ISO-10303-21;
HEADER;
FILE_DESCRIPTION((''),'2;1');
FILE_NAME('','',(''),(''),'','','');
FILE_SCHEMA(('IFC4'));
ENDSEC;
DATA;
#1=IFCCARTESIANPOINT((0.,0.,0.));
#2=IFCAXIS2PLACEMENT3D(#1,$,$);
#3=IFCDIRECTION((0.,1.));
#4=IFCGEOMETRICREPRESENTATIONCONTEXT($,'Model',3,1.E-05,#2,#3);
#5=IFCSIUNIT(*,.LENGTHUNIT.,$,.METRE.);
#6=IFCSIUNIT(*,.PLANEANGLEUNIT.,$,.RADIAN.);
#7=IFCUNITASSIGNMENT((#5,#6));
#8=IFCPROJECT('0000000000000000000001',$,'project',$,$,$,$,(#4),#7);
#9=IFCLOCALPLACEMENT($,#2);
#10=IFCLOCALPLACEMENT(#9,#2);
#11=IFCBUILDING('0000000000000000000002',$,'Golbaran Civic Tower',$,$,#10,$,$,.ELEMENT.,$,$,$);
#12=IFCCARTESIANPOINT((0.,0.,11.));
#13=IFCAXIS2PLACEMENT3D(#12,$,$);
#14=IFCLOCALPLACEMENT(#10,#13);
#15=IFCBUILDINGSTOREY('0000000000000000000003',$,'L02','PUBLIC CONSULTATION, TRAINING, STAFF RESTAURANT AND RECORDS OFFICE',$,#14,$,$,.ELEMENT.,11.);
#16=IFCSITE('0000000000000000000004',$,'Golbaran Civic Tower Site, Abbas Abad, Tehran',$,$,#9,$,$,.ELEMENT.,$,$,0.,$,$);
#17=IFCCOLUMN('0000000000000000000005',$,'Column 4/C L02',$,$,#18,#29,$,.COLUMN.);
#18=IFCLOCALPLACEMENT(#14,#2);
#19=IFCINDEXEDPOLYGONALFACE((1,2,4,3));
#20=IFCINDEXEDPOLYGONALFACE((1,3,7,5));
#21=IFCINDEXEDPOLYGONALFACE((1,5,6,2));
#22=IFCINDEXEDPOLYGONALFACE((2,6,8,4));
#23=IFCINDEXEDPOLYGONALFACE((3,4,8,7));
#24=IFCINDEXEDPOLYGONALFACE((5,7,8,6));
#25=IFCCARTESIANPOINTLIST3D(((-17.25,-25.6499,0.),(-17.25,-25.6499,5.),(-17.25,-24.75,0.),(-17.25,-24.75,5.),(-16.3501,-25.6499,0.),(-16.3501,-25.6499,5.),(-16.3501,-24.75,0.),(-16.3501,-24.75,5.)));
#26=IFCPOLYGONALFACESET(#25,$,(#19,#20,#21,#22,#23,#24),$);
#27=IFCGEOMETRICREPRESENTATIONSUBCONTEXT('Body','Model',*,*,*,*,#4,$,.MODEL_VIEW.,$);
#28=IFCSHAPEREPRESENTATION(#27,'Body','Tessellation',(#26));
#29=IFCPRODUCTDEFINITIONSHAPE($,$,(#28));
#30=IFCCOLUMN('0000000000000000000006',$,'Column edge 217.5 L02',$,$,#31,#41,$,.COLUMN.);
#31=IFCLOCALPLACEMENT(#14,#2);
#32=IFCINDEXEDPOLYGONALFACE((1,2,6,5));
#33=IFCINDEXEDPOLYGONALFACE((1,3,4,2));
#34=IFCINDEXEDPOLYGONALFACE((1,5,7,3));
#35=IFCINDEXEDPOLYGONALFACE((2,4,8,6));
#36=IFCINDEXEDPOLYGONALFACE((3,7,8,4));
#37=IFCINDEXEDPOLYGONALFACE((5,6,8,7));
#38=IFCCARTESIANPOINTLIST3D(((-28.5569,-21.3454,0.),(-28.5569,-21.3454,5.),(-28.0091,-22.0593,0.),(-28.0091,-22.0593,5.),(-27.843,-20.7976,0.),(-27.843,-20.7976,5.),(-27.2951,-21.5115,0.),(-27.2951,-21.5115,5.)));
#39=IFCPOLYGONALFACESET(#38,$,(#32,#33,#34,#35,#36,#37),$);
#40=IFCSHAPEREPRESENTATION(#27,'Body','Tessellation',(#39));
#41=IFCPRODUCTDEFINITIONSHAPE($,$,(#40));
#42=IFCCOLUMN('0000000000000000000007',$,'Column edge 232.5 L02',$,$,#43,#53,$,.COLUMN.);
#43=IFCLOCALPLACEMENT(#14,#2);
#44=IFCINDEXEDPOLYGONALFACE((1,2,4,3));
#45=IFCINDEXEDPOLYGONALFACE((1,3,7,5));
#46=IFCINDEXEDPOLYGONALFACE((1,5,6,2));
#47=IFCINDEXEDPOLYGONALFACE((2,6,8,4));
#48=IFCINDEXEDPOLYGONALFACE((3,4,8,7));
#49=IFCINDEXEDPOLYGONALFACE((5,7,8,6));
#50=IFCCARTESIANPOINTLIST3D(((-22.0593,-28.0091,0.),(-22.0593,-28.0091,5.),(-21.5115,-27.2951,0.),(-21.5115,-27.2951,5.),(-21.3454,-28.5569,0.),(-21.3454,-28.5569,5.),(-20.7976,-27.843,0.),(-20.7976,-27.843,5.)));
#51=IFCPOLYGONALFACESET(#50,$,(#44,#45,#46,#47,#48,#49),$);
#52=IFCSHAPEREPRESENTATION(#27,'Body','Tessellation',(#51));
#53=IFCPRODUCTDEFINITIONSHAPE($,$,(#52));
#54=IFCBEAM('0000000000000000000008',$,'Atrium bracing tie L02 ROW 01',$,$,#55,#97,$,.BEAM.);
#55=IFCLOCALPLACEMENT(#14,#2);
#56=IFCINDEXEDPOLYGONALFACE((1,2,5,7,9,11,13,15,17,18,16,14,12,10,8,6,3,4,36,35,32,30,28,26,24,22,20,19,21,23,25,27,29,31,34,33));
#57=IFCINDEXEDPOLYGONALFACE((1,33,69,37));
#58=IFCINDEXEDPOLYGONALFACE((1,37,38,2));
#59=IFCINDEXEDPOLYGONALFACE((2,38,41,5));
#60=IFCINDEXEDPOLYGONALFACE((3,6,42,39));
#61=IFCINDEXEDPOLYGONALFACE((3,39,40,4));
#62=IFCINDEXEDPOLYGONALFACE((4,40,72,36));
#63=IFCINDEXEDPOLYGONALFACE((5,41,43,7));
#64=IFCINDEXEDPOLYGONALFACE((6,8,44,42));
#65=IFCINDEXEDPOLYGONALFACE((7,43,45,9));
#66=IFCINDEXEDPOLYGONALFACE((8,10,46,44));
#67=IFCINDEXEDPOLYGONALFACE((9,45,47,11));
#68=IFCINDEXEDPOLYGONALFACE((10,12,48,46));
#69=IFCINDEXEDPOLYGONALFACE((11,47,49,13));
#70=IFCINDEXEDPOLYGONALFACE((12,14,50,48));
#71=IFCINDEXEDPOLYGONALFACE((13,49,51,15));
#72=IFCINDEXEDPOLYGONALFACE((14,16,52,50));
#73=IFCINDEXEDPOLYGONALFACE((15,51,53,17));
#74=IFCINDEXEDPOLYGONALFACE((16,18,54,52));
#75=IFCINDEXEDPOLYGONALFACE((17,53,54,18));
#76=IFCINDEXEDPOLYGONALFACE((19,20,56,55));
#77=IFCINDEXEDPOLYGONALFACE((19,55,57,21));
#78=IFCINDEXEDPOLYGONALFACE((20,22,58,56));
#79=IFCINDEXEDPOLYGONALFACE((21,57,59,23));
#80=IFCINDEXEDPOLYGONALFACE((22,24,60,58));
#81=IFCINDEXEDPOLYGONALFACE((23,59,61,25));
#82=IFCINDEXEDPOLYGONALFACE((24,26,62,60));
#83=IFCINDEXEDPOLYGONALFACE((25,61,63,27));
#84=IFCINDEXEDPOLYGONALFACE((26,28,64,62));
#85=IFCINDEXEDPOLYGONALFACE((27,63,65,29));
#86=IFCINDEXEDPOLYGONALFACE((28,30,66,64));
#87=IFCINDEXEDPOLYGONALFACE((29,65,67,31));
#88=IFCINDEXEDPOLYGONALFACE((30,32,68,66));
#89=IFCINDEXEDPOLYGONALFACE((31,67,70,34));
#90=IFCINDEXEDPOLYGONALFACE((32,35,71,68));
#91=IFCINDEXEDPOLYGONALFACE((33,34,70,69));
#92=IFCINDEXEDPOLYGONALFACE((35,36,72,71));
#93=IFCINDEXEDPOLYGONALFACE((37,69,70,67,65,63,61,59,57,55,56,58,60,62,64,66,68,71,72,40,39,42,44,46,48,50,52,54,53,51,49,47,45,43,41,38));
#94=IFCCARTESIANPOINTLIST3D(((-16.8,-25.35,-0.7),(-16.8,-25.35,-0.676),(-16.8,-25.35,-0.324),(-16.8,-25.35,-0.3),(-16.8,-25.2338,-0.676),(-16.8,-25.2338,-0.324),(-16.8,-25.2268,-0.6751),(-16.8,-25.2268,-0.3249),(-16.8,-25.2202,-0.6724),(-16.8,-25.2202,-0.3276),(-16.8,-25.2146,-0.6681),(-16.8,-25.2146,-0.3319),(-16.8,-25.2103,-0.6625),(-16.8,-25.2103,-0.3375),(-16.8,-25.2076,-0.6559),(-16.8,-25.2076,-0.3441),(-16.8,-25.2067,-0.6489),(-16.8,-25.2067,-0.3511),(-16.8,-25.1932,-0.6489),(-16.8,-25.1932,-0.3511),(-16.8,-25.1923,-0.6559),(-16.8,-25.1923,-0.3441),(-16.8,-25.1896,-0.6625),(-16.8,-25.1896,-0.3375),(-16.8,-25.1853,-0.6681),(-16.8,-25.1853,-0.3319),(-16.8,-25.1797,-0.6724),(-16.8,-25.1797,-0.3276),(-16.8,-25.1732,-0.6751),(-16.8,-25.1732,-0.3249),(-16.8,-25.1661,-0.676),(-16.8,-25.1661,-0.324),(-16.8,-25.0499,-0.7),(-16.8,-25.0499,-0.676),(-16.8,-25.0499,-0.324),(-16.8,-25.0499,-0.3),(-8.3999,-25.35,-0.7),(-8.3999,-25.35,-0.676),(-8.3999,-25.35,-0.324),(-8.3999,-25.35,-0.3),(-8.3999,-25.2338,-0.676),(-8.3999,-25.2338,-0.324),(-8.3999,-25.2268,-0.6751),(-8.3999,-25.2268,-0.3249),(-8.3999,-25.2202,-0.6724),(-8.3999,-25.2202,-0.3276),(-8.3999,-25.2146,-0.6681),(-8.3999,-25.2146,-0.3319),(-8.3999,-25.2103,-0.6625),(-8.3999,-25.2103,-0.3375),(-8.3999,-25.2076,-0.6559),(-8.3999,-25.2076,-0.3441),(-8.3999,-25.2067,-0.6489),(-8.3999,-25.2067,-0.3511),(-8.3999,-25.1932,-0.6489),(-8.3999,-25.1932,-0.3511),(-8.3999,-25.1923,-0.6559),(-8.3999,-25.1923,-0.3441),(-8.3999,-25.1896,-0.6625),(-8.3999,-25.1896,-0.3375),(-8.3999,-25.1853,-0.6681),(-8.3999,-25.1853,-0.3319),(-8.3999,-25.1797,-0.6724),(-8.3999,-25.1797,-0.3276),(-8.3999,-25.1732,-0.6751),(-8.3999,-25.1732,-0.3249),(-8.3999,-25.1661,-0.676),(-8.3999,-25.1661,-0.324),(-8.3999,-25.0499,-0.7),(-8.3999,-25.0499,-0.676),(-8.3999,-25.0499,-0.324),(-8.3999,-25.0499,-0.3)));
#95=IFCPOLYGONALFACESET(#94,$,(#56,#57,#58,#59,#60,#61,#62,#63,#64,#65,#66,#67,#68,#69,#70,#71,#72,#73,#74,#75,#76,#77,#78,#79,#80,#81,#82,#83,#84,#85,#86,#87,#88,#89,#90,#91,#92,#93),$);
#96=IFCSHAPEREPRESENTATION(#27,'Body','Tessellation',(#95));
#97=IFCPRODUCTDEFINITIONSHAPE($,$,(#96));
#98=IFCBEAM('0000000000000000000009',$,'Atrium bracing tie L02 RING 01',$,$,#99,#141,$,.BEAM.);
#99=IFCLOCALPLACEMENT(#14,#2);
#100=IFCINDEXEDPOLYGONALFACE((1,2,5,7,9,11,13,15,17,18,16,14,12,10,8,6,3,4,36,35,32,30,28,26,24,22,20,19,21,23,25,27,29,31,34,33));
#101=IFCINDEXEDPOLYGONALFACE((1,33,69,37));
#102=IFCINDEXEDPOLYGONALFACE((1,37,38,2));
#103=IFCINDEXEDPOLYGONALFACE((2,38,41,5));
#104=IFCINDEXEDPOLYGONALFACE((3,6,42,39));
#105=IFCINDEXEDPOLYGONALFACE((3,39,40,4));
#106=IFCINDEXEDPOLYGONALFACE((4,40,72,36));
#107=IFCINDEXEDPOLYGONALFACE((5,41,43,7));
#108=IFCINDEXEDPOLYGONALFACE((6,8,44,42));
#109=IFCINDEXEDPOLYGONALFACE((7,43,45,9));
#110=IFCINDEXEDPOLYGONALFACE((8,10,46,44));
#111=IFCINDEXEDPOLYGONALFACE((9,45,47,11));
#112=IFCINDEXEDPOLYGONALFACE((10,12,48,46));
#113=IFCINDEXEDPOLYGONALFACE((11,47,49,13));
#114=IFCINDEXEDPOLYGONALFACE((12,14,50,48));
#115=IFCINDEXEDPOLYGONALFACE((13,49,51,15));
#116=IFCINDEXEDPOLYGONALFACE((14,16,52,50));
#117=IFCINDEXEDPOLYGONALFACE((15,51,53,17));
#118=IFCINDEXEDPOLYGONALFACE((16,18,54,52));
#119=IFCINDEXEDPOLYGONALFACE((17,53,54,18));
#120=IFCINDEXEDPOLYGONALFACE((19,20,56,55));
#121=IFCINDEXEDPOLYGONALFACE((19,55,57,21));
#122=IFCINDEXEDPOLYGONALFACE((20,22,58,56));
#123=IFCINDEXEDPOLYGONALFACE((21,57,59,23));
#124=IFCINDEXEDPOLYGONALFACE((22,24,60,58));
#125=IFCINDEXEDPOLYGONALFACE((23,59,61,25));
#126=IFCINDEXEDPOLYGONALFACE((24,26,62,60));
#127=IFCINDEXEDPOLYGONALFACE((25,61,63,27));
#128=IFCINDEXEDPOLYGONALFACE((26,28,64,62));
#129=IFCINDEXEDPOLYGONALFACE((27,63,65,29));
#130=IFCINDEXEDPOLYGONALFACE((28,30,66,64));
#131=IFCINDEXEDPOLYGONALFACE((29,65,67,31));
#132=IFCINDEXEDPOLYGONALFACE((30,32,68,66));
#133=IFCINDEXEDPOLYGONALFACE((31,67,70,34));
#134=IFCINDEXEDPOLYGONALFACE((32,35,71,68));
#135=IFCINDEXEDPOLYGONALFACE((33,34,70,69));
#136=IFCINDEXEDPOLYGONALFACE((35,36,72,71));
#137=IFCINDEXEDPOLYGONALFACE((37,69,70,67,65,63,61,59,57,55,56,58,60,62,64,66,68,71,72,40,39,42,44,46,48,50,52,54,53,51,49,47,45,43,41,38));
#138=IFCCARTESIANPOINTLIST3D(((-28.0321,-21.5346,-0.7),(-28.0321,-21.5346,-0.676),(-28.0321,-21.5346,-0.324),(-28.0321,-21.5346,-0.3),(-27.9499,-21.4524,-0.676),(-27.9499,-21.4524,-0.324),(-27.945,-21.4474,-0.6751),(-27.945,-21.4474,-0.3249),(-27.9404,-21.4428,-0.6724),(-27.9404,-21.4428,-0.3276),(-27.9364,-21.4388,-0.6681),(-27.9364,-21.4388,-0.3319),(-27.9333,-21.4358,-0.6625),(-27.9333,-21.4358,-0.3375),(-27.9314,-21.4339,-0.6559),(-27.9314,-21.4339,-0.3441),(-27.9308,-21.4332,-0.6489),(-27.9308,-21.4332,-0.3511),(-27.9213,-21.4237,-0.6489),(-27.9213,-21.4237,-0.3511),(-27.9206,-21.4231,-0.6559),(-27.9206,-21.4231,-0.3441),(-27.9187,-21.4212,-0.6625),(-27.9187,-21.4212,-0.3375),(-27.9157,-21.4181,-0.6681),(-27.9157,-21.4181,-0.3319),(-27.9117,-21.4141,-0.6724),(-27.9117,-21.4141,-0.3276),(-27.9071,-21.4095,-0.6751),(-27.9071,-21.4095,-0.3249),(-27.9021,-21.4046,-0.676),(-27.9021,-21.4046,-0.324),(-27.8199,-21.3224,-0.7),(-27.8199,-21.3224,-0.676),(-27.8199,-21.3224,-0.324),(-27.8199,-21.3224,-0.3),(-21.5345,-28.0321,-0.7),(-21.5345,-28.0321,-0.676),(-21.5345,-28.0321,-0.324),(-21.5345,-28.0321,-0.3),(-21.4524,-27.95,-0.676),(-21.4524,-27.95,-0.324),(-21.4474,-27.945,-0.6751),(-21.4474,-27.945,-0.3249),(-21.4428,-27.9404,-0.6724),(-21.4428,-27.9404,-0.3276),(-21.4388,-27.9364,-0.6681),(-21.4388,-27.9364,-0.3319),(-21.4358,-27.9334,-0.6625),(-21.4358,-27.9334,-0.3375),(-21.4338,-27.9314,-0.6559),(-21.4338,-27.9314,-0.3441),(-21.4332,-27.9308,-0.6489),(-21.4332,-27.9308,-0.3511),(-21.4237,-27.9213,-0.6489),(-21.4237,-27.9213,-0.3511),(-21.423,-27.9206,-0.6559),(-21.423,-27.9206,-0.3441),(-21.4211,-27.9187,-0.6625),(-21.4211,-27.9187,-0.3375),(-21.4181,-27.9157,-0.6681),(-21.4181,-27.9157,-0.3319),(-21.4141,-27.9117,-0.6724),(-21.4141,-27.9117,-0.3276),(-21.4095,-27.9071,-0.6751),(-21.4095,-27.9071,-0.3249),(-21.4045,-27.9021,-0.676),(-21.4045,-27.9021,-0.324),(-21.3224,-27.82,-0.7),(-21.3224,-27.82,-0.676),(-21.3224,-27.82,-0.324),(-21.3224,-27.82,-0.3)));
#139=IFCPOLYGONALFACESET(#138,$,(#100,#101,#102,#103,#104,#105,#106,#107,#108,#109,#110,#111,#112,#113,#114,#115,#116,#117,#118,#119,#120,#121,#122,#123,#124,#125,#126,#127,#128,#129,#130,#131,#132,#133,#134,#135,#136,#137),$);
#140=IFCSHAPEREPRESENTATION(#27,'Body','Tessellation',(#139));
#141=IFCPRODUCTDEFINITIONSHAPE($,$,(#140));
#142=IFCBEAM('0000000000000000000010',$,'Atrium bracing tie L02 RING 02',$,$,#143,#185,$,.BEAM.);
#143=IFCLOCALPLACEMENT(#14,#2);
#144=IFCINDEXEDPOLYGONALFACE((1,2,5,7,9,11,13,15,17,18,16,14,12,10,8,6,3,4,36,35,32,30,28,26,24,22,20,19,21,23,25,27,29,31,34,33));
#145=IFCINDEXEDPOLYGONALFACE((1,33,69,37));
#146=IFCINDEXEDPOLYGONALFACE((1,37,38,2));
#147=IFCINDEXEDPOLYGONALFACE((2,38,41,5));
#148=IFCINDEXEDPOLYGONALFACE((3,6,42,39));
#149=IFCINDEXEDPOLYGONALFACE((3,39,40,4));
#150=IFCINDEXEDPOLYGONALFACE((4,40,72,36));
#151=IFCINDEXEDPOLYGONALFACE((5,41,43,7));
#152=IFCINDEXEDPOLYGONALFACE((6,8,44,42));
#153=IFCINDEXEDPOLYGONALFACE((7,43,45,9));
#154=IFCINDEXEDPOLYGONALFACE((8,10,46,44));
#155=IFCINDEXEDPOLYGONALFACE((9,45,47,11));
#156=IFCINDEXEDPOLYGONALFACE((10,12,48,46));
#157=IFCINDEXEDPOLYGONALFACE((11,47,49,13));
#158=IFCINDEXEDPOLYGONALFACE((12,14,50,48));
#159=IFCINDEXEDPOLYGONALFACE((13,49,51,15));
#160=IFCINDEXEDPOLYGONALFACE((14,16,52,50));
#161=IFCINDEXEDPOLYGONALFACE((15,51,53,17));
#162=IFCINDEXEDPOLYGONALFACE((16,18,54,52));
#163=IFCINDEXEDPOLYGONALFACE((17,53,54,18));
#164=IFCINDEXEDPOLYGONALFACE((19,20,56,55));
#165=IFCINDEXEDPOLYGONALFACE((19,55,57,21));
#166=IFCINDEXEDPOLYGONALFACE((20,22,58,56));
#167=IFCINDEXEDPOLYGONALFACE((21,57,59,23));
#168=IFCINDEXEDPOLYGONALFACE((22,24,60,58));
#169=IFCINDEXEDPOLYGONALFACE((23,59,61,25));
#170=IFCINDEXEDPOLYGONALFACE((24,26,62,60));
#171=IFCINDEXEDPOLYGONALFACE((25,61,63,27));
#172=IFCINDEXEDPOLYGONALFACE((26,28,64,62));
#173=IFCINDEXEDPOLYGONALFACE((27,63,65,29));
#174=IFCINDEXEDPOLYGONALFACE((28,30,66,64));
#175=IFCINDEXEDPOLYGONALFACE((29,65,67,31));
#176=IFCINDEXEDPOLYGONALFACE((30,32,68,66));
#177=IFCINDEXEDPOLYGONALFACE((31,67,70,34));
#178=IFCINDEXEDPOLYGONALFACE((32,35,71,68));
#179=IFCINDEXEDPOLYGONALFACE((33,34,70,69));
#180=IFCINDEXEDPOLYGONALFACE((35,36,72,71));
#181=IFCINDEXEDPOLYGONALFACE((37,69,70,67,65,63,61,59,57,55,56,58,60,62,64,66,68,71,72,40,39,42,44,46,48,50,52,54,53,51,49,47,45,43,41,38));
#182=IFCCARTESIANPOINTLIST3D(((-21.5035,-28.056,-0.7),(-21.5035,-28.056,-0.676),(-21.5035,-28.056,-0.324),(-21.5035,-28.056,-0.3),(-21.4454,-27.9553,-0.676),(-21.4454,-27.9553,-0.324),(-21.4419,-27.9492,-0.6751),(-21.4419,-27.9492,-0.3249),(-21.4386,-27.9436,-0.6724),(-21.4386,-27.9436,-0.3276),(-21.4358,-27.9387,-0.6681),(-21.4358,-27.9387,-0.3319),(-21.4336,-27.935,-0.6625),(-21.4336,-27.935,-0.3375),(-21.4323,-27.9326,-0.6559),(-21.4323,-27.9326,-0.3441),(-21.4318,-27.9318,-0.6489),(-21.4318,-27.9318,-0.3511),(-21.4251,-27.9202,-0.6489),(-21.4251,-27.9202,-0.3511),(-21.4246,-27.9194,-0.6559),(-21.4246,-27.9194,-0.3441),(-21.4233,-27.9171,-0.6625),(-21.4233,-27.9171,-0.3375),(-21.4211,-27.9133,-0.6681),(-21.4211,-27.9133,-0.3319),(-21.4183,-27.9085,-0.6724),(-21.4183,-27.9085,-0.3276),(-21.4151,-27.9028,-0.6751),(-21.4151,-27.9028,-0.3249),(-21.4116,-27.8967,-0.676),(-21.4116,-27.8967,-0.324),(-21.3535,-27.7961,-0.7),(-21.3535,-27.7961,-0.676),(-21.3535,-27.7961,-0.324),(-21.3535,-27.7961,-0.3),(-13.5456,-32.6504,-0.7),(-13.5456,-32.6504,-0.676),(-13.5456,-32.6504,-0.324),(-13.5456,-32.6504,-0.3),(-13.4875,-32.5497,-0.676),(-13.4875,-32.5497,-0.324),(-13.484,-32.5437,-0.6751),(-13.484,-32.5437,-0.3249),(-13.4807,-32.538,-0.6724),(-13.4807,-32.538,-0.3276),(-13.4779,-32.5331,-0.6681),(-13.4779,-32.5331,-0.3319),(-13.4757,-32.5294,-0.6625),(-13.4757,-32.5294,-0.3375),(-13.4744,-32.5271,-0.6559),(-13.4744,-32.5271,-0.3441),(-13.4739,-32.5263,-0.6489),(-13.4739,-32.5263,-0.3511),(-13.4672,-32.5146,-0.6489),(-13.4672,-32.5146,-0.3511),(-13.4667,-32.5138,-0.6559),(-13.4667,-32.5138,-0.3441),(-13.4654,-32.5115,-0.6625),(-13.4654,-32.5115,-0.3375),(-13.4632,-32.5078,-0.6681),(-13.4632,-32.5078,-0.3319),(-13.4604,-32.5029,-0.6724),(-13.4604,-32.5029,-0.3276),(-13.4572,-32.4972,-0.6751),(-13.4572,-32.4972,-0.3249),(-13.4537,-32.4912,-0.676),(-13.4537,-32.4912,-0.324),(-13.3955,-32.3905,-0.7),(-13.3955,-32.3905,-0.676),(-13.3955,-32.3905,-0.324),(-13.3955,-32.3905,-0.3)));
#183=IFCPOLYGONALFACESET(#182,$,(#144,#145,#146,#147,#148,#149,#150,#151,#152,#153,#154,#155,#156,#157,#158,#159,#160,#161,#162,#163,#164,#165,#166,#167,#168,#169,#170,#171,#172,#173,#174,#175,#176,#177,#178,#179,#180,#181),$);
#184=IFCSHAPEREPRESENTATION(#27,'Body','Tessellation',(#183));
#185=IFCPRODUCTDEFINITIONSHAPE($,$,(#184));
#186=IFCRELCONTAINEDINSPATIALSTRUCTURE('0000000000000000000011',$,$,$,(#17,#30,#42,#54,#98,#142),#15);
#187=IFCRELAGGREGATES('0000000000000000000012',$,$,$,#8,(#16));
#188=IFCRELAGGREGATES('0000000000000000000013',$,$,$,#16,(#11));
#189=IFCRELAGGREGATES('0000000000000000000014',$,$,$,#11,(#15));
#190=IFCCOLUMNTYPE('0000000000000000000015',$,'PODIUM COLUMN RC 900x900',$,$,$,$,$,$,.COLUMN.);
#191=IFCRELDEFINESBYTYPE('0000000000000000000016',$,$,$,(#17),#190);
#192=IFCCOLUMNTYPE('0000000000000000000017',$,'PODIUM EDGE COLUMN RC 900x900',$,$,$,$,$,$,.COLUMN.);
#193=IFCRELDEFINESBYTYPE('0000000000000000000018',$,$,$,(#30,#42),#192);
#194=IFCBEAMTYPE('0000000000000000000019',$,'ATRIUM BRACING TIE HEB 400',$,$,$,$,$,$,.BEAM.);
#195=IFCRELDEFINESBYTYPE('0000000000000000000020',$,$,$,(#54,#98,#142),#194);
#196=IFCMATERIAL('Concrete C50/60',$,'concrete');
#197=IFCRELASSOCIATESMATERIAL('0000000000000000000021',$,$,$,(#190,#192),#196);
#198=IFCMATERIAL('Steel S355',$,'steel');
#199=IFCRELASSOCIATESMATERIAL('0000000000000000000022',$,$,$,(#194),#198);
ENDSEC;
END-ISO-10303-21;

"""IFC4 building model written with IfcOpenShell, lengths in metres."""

from ifc_helpers import new_model, si_unit, direction, frame, origin, origin_2d, place, context, subcontext, project, spatial, rectangle, i_section, extrude, material, material_profile, profile_set, type_object, element, save


model = new_model("IFC4")

# Units and contexts
model_context = context("Model", 3, precision=1e-05, world=origin(), true_north=direction((0.0, 1.0)))
body_context = subcontext(model_context, "Body", "Model", "MODEL_VIEW")
ifc_project = project(units=[si_unit("LENGTHUNIT", "METRE"), si_unit("PLANEANGLEUNIT", "RADIAN")], contexts=[model_context])

# Site, building, storey
site_placement = place(None, origin())
site = spatial("IfcSite", under=ifc_project, at=site_placement, Name="Golbaran Civic Tower Site, Abbas Abad, Tehran", CompositionType="ELEMENT", RefElevation=0.0)
building_placement = place(site_placement, origin())
building = spatial("IfcBuilding", under=site, at=building_placement, Name="Golbaran Civic Tower", CompositionType="ELEMENT")
storey_placement = place(building_placement, frame((0.0, 0.0, 11.0)))
storey = spatial("IfcBuildingStorey", under=building, at=storey_placement, Name="L02", Description="PUBLIC CONSULTATION, TRAINING, STAFF RESTAURANT AND RECORDS OFFICE", CompositionType="ELEMENT", Elevation=11.0)

# Columns
ifc_material_1 = material(Name="Concrete C50/60", Category="concrete")
ifc_material_profile_1 = material_profile(ifc_material_1, rectangle(XDim=0.8999, YDim=0.8999, at=origin_2d()), Name="RC 900x900")
ifc_profile_set_1 = profile_set([ifc_material_profile_1], Name="Concrete C50/60")
column_type_1 = type_object("IfcColumnType", Name="PODIUM COLUMN RC 900x900", PredefinedType="COLUMN", material=ifc_profile_set_1)
column_placement = place(storey_placement, frame((-16.8, -25.2, 0.0), z_axis=(0.0, 0.0, 1.0), x_axis=(1.0, 0.0, 0.0)))
element("IfcColumn", 1, at=column_placement, inside=storey, type_object=column_type_1, Name="Column 4/C L02", PredefinedType="COLUMN", context=body_context, shape_type="SweptSolid", body=[
    extrude(rectangle(XDim=0.8999, YDim=0.8999, at=origin_2d()), origin(), (0.0, 0.0, 1.0), 5.0),
])
ifc_material_profile_2 = material_profile(ifc_material_1, rectangle(XDim=0.8999, YDim=0.8999, at=origin_2d()), Name="RC 900x900")
ifc_profile_set_2 = profile_set([ifc_material_profile_2], Name="Concrete C50/60")
column_type_2 = type_object("IfcColumnType", Name="PODIUM EDGE COLUMN RC 900x900", PredefinedType="COLUMN", material=ifc_profile_set_2)
for number, where, z_axis, x_axis, name in (
    (2, (-27.926, -21.4285, 0.0), (0.0, 0.0, 1.0), (-0.793353, -0.608761, 0.0), "Column edge 217.5 L02"),
    (3, (-21.4285, -27.926, 0.0), (0.0, 0.0, 1.0), (-0.608761, -0.793353, 0.0), "Column edge 232.5 L02"),
):
    element("IfcColumn", number, at=place(storey_placement, frame(where, z_axis=z_axis, x_axis=x_axis)), inside=storey, type_object=column_type_2, Name=name, PredefinedType="COLUMN", context=body_context, shape_type="SweptSolid", body=[
        extrude(rectangle(XDim=0.8999, YDim=0.8999, at=origin_2d()), origin(), (0.0, 0.0, 1.0), 5.0),
    ])

# Beams
ifc_material_2 = material(Name="Steel S355", Category="steel")
ifc_material_profile_3 = material_profile(ifc_material_2, i_section(OverallWidth=0.3, OverallDepth=0.3999, WebThickness=0.0134, FlangeThickness=0.0239, FilletRadius=0.0271, at=origin_2d()), Name="HEB 400")
ifc_profile_set_3 = profile_set([ifc_material_profile_3], Name="Steel S355")
beam_type = type_object("IfcBeamType", Name="ATRIUM BRACING TIE HEB 400", PredefinedType="BEAM", material=ifc_profile_set_3)
beam_1_placement = place(storey_placement, frame((-16.8, -25.2, -0.5), z_axis=(1.0, 0.0, 0.0), x_axis=(0.0, 1.0, 0.0)))
element("IfcBeam", 4, at=beam_1_placement, inside=storey, type_object=beam_type, Name="Atrium bracing tie L02 ROW 01", PredefinedType="BEAM", context=body_context, shape_type="SweptSolid", body=[
    extrude(i_section(OverallWidth=0.3, OverallDepth=0.3999, WebThickness=0.0134, FlangeThickness=0.0239, FilletRadius=0.0271, at=origin_2d()), origin(), (0.0, 0.0, 1.0), 8.4001),
])
for number, where, z_axis, x_axis, name in (
    (5, (-27.926, -21.4285, -0.5), (0.707107, -0.707107, 0.0), (0.707107, 0.707107, 0.0), "Atrium bracing tie L02 RING 01"),
    (6, (-21.4285, -27.926, -0.5), (0.866029, -0.499994, 0.0), (0.499994, 0.866029, 0.0), "Atrium bracing tie L02 RING 02"),
):
    element("IfcBeam", number, at=place(storey_placement, frame(where, z_axis=z_axis, x_axis=x_axis)), inside=storey, type_object=beam_type, Name=name, PredefinedType="BEAM", context=body_context, shape_type="SweptSolid", body=[
        extrude(i_section(OverallWidth=0.3, OverallDepth=0.3999, WebThickness=0.0134, FlangeThickness=0.0239, FilletRadius=0.0271, at=origin_2d()), origin(), (0.0, 0.0, 1.0), 9.189),
    ])

save(model, "model.ifc")
